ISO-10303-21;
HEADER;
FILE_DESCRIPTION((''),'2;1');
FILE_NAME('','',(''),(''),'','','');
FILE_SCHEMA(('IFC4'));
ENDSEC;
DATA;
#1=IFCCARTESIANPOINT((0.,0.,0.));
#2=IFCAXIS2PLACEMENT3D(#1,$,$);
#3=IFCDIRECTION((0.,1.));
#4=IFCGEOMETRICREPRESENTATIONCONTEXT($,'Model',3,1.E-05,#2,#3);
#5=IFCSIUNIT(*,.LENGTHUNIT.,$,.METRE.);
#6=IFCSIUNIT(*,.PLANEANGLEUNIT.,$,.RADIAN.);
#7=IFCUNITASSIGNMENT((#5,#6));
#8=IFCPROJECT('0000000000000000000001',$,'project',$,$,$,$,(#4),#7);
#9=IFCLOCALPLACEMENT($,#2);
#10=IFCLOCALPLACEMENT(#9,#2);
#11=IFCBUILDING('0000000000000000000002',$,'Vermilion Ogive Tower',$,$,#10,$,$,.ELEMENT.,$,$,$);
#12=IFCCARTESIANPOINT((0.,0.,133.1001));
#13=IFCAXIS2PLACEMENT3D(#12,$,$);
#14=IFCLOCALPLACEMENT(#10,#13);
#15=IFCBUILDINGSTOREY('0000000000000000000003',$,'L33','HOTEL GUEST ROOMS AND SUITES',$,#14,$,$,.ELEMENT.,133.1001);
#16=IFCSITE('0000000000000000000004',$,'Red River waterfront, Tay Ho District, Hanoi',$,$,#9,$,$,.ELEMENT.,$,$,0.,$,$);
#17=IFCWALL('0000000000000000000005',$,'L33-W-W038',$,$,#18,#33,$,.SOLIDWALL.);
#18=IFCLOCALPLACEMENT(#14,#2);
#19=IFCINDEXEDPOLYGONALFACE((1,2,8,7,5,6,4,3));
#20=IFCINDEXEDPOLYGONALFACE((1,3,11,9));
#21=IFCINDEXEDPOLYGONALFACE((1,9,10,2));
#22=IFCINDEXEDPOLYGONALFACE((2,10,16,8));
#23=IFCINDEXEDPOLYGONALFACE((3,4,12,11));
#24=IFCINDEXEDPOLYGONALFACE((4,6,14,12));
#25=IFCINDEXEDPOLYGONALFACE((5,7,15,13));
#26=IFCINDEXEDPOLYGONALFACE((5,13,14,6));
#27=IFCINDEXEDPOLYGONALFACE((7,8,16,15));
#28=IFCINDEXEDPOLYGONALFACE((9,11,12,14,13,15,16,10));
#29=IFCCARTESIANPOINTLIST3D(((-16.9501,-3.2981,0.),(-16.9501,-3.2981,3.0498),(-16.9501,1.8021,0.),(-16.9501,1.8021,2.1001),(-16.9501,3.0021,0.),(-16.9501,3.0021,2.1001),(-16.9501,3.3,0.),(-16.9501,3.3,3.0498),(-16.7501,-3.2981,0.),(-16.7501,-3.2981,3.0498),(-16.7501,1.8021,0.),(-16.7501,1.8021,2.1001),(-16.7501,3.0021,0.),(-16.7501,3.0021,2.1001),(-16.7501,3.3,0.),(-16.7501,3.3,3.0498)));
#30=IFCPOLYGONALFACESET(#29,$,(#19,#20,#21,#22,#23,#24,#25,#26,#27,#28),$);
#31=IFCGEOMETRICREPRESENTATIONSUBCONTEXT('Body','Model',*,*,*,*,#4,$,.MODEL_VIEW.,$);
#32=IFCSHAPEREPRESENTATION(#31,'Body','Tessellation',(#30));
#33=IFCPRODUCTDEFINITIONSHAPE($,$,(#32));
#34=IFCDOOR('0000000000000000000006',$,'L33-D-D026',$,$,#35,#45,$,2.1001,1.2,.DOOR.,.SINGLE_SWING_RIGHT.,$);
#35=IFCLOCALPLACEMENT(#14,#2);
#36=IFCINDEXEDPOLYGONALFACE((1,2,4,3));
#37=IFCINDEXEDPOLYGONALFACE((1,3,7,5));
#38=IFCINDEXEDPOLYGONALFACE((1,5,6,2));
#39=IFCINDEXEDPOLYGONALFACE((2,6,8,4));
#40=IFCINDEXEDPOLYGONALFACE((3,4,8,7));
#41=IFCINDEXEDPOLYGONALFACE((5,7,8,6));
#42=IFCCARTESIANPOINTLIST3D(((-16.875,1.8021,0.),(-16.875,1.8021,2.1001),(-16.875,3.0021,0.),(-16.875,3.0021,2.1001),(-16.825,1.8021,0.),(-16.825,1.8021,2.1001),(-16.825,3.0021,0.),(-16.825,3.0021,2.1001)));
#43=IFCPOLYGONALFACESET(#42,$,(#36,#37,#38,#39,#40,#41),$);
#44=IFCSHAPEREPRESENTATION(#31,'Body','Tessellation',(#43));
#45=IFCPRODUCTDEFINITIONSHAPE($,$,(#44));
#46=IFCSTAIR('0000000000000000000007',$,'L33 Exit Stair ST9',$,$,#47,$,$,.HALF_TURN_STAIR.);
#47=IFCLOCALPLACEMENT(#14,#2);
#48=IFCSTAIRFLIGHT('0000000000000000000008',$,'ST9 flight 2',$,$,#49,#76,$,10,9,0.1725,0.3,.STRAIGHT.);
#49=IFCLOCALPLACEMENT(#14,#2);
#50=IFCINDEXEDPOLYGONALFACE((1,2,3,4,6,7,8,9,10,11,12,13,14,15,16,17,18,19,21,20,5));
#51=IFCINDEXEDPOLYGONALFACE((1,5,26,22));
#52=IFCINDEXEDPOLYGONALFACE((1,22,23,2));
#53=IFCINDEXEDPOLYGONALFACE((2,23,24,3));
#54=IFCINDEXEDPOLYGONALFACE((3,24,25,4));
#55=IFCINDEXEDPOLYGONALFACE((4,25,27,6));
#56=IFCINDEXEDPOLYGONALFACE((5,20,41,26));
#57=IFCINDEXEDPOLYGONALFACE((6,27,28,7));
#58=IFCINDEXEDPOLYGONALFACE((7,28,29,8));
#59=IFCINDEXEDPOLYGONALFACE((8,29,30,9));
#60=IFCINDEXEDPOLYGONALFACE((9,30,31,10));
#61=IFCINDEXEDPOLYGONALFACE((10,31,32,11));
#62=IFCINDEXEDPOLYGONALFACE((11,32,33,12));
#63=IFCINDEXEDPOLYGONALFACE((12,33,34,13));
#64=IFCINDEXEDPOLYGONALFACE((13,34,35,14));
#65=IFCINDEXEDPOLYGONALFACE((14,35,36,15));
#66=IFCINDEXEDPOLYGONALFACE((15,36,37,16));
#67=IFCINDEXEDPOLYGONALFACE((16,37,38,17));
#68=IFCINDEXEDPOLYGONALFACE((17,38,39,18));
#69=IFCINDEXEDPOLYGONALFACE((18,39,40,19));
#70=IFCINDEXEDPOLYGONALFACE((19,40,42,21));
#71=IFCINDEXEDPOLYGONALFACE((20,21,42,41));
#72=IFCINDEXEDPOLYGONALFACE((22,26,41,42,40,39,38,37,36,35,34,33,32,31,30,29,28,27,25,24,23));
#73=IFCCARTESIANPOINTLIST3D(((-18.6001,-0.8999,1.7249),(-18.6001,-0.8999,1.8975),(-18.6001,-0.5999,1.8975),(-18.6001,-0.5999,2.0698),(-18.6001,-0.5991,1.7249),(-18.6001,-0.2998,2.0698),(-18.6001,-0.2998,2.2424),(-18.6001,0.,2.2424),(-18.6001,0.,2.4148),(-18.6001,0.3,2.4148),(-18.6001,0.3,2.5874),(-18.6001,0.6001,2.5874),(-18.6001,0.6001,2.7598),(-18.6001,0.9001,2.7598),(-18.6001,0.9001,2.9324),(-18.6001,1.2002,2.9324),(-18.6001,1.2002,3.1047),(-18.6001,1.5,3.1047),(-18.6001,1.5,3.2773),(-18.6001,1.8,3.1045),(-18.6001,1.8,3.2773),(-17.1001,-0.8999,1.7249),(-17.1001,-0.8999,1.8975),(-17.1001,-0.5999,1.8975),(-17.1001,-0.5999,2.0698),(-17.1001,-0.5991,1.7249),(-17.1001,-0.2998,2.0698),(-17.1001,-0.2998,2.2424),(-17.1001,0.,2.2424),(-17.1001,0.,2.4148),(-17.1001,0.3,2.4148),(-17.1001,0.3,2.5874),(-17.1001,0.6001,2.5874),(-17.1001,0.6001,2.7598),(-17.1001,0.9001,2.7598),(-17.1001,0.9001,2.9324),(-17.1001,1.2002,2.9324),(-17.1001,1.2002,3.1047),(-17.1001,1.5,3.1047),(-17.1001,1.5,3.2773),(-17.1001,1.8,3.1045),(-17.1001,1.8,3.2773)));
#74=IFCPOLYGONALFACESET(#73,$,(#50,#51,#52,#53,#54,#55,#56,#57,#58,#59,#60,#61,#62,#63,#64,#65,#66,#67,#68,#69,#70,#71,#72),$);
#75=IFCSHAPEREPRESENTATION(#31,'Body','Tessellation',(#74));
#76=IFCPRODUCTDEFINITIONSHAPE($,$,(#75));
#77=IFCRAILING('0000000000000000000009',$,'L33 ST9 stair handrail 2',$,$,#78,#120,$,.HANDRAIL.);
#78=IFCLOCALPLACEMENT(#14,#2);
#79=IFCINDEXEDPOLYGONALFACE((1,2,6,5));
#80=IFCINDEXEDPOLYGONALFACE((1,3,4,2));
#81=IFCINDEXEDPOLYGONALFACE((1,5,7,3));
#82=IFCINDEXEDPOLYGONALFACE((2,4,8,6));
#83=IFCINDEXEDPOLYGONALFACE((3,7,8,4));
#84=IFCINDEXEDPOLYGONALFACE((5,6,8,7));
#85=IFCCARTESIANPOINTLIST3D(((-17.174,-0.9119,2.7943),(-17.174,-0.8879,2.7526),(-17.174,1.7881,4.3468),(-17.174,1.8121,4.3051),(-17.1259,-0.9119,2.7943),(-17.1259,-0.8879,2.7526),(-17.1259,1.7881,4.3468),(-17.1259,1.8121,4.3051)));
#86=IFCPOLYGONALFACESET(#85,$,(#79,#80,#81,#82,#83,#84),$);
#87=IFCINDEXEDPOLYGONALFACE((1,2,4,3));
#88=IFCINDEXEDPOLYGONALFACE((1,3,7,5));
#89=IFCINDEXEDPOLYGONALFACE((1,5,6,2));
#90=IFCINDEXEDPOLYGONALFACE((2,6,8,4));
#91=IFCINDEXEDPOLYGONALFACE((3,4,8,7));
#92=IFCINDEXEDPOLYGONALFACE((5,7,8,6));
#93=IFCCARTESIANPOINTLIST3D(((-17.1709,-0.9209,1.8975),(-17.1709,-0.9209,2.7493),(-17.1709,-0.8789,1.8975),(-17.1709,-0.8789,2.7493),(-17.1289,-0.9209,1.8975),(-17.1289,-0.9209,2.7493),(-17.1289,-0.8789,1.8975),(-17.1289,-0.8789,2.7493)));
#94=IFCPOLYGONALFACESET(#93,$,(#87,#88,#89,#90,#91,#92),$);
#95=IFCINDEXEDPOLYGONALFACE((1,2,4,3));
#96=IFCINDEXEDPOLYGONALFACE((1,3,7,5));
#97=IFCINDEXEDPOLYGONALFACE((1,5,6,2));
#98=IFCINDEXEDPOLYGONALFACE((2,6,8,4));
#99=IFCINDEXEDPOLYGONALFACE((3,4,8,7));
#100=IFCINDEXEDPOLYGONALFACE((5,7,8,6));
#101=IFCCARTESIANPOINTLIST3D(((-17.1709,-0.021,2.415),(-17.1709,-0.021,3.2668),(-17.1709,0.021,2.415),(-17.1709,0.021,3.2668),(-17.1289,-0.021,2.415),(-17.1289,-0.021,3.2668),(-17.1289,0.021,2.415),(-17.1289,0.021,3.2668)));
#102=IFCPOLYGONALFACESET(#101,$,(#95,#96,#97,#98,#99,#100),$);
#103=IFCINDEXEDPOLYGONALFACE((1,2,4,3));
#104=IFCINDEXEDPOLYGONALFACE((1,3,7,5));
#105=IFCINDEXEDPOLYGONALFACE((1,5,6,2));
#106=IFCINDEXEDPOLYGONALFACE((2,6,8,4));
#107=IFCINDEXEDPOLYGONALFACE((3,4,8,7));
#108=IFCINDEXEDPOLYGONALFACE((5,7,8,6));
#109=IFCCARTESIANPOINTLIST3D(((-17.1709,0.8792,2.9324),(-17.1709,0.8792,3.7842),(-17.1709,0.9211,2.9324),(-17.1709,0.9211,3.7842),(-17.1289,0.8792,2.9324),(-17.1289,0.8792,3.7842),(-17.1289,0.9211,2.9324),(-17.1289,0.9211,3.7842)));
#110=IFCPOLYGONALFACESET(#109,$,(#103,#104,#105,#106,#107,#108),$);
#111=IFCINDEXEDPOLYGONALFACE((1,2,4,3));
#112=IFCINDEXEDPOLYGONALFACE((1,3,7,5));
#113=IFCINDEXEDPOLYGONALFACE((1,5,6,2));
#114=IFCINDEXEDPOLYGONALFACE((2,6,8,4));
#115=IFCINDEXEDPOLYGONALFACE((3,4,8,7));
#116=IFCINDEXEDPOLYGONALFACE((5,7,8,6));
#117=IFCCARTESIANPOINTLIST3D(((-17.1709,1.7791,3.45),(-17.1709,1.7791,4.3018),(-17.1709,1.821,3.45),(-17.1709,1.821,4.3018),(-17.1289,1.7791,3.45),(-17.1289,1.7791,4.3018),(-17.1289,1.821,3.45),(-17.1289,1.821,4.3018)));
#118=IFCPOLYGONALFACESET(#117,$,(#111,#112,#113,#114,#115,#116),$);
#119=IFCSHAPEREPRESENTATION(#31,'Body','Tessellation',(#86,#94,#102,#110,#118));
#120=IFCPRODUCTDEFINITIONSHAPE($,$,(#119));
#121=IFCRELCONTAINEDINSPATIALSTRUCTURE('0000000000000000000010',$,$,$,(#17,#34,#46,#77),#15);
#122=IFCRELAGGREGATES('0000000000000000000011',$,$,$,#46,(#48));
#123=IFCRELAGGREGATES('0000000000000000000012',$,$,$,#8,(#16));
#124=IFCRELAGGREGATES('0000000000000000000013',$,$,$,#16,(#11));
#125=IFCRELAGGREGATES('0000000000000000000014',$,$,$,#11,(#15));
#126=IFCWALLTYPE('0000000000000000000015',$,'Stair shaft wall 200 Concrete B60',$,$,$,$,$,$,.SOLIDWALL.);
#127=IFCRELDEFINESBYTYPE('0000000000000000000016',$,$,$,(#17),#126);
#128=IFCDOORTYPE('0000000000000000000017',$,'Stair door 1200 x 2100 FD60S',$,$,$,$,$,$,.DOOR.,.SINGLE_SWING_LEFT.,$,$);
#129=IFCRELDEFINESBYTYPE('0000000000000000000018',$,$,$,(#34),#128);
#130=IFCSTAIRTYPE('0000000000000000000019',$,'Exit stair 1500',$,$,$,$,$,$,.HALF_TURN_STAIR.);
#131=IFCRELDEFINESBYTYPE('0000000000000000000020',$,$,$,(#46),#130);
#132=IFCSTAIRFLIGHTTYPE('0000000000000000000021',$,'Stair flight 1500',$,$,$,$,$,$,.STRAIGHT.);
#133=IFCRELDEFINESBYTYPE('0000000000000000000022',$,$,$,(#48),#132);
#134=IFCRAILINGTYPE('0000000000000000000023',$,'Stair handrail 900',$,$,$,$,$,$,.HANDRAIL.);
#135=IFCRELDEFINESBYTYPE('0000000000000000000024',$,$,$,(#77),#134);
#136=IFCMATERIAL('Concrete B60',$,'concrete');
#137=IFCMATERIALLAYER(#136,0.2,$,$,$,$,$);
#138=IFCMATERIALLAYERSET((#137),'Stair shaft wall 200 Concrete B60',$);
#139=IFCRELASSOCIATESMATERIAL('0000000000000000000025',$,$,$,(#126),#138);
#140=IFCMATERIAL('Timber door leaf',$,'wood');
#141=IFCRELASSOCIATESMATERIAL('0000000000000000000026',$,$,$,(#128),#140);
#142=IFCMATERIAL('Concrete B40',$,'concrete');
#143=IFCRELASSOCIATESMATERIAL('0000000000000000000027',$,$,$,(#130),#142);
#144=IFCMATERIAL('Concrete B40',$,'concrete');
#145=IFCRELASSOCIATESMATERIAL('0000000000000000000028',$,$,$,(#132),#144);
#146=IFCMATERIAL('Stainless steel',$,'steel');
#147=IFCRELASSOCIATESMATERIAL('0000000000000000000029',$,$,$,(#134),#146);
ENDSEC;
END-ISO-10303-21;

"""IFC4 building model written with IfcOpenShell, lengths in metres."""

from ifc_helpers import new_model, si_unit, direction, frame, frame_2d, origin, origin_2d, place, context, subcontext, project, spatial, polyline, rectangle, outline, extrude, material, layer, layer_set, type_object, element, fill, aggregate, save


model = new_model("IFC4")

# Units and contexts
model_context = context("Model", 3, precision=1e-05, world=origin(), true_north=direction((0.0, 1.0)))
body_context = subcontext(model_context, "Body", "Model", "MODEL_VIEW")
ifc_project = project(units=[si_unit("LENGTHUNIT", "METRE"), si_unit("PLANEANGLEUNIT", "RADIAN")], contexts=[model_context])

# Site, building, storey
site_placement = place(None, origin())
site = spatial("IfcSite", under=ifc_project, at=site_placement, Name="Red River waterfront, Tay Ho District, Hanoi", CompositionType="ELEMENT", RefElevation=0.0)
building_placement = place(site_placement, origin())
building = spatial("IfcBuilding", under=site, at=building_placement, Name="Vermilion Ogive Tower", CompositionType="ELEMENT")
storey_placement = place(building_placement, frame((0.0, 0.0, 133.1001)))
storey = spatial("IfcBuildingStorey", under=building, at=storey_placement, Name="L33", Description="HOTEL GUEST ROOMS AND SUITES", CompositionType="ELEMENT", Elevation=133.1001)

# Shared definitions
ifc_material_1 = material(Name="Concrete B60", Category="concrete")
ifc_layer_1 = layer(ifc_material_1, 0.2)
ifc_layer_set_1 = layer_set([ifc_layer_1], Name="Stair shaft wall 200 Concrete B60")
wall_type_1 = type_object("IfcWallType", Name="Stair shaft wall 200 Concrete B60", PredefinedType="SOLIDWALL", material=ifc_layer_set_1)

# Wall, opening, door
wall_1_placement = place(storey_placement, frame((-16.8501, -3.2981, 0.0), z_axis=(0.0, 0.0, 1.0), x_axis=(0.0, 1.0, 0.0)))
wall_1 = element("IfcWall", 1, at=wall_1_placement, inside=storey, type_object=wall_type_1, Name="L33-W-W038", PredefinedType="SOLIDWALL", context=body_context, shape_type="SweptSolid", body=[
    extrude(rectangle(XDim=6.5981, YDim=0.2, at=frame_2d((3.2991, 0.0))), origin(), (0.0, 0.0, 1.0), 3.0498),
])
opening_1_placement = place(wall_1_placement, frame((5.1001, 0.0, 0.0)))
opening_1 = element("IfcOpeningElement", 2, at=opening_1_placement, cuts=wall_1, PredefinedType="OPENING", context=body_context, shape_type="SweptSolid", body=[
    extrude(rectangle(XDim=1.2, YDim=2.1001, at=frame_2d((0.6001, 1.05))), frame((0.0, 0.1099, 0.0), z_axis=(0.0, -1.0, 0.0), x_axis=(1.0, 0.0, 0.0)), (0.0, 0.0, 1.0), 0.22),
])
ifc_material_2 = material(Name="Timber door leaf", Category="wood")
door_type_1 = type_object("IfcDoorType", Name="Stair door 1200 x 2100 FD60S", OperationType="SINGLE_SWING_LEFT", PredefinedType="DOOR", material=ifc_material_2)
door_1_placement = place(opening_1_placement, origin())
door_1 = element("IfcDoor", 3, at=door_1_placement, inside=storey, type_object=door_type_1, Name="L33-D-D026", OperationType="SINGLE_SWING_RIGHT", OverallHeight=2.1001, OverallWidth=1.2, PredefinedType="DOOR", context=body_context, shape_type="SweptSolid", body=[
    extrude(rectangle(XDim=1.2, YDim=2.1001, at=frame_2d((0.6001, 1.05))), frame((0.0, 0.0249, 0.0), z_axis=(0.0, -1.0, 0.0), x_axis=(1.0, 0.0, 0.0)), (0.0, 0.0, 1.0), 0.05),
])
fill(opening_1, door_1)

# Stair, stair flight
ifc_material_3 = material(Name="Concrete B40", Category="concrete")
stair_type = type_object("IfcStairType", Name="Exit stair 1500", PredefinedType="HALF_TURN_STAIR", material=ifc_material_3)
stair_placement = place(storey_placement, origin())
stair = element("IfcStair", 4, at=stair_placement, inside=storey, type_object=stair_type, Name="L33 Exit Stair ST9", PredefinedType="HALF_TURN_STAIR")
ifc_material_4 = material(Name="Concrete B40", Category="concrete")
stair_flight_type = type_object("IfcStairFlightType", Name="Stair flight 1500", PredefinedType="STRAIGHT", material=ifc_material_4)
stair_flight_placement = place(storey_placement, frame((-17.8501, -0.8999, 1.7249), z_axis=(0.0, 0.0, 1.0), x_axis=(0.0, 1.0, 0.0)))
stair_flight = element("IfcStairFlight", 5, at=stair_flight_placement, type_object=stair_flight_type, Name="ST9 flight 2", NumberOfRisers=10, NumberOfTreads=9, PredefinedType="STRAIGHT", RiserHeight=0.1725, TreadLength=0.3, context=body_context, shape_type="SweptSolid", body=[
    extrude(outline(polyline([(0.0, 0.0), (0.0, 0.1726), (0.3, 0.1726), (0.3, 0.345), (0.6001, 0.345), (0.6001, 0.5176), (0.8999, 0.5176), (0.8999, 0.6899), (1.2, 0.6899), (1.2, 0.8625), (1.5, 0.8625), (1.5, 1.0349), (1.8, 1.0349), (1.8, 1.2075), (2.1001, 1.2075), (2.1001, 1.3799), (2.3999, 1.3799), (2.3999, 1.5525), (2.7, 1.5525), (2.7, 1.7251), (2.7, 1.3796), (0.3008, 0.0), (0.0, 0.0)])), frame((0.0, 0.75, 0.0), z_axis=(0.0, -1.0, 0.0), x_axis=(1.0, 0.0, 0.0)), (0.0, 0.0, 1.0), 1.5),
])
aggregate(stair, [stair_flight])

# Railing
ifc_material_5 = material(Name="Stainless steel", Category="steel")
railing_type = type_object("IfcRailingType", Name="Stair handrail 900", PredefinedType="HANDRAIL", material=ifc_material_5)
railing_placement = place(storey_placement, frame((-17.1499, -0.8999, 1.8975)))
element("IfcRailing", 6, at=railing_placement, inside=storey, type_object=railing_type, Name="L33 ST9 stair handrail 2", PredefinedType="HANDRAIL", context=body_context, shape_type="SweptSolid", body=[
    extrude(rectangle(XDim=0.0481, YDim=0.0481, at=origin_2d()), frame((0.0, 0.0, 0.876), z_axis=(0.0, 0.866904, 0.498476), x_axis=(-1.0, 0.0, 0.0)), (0.0, 0.0, 1.0), 3.1145),
    extrude(rectangle(XDim=0.042, YDim=0.042, at=origin_2d()), origin(), (0.0, 0.0, 1.0), 0.8518),
    extrude(rectangle(XDim=0.042, YDim=0.042, at=origin_2d()), frame((0.0, 0.8999, 0.5176)), (0.0, 0.0, 1.0), 0.8518),
    extrude(rectangle(XDim=0.042, YDim=0.042, at=origin_2d()), frame((0.0, 1.8, 1.0349)), (0.0, 0.0, 1.0), 0.8518),
    extrude(rectangle(XDim=0.042, YDim=0.042, at=origin_2d()), frame((0.0, 2.7, 1.5525)), (0.0, 0.0, 1.0), 0.8518),
])

save(model, "model.ifc")
